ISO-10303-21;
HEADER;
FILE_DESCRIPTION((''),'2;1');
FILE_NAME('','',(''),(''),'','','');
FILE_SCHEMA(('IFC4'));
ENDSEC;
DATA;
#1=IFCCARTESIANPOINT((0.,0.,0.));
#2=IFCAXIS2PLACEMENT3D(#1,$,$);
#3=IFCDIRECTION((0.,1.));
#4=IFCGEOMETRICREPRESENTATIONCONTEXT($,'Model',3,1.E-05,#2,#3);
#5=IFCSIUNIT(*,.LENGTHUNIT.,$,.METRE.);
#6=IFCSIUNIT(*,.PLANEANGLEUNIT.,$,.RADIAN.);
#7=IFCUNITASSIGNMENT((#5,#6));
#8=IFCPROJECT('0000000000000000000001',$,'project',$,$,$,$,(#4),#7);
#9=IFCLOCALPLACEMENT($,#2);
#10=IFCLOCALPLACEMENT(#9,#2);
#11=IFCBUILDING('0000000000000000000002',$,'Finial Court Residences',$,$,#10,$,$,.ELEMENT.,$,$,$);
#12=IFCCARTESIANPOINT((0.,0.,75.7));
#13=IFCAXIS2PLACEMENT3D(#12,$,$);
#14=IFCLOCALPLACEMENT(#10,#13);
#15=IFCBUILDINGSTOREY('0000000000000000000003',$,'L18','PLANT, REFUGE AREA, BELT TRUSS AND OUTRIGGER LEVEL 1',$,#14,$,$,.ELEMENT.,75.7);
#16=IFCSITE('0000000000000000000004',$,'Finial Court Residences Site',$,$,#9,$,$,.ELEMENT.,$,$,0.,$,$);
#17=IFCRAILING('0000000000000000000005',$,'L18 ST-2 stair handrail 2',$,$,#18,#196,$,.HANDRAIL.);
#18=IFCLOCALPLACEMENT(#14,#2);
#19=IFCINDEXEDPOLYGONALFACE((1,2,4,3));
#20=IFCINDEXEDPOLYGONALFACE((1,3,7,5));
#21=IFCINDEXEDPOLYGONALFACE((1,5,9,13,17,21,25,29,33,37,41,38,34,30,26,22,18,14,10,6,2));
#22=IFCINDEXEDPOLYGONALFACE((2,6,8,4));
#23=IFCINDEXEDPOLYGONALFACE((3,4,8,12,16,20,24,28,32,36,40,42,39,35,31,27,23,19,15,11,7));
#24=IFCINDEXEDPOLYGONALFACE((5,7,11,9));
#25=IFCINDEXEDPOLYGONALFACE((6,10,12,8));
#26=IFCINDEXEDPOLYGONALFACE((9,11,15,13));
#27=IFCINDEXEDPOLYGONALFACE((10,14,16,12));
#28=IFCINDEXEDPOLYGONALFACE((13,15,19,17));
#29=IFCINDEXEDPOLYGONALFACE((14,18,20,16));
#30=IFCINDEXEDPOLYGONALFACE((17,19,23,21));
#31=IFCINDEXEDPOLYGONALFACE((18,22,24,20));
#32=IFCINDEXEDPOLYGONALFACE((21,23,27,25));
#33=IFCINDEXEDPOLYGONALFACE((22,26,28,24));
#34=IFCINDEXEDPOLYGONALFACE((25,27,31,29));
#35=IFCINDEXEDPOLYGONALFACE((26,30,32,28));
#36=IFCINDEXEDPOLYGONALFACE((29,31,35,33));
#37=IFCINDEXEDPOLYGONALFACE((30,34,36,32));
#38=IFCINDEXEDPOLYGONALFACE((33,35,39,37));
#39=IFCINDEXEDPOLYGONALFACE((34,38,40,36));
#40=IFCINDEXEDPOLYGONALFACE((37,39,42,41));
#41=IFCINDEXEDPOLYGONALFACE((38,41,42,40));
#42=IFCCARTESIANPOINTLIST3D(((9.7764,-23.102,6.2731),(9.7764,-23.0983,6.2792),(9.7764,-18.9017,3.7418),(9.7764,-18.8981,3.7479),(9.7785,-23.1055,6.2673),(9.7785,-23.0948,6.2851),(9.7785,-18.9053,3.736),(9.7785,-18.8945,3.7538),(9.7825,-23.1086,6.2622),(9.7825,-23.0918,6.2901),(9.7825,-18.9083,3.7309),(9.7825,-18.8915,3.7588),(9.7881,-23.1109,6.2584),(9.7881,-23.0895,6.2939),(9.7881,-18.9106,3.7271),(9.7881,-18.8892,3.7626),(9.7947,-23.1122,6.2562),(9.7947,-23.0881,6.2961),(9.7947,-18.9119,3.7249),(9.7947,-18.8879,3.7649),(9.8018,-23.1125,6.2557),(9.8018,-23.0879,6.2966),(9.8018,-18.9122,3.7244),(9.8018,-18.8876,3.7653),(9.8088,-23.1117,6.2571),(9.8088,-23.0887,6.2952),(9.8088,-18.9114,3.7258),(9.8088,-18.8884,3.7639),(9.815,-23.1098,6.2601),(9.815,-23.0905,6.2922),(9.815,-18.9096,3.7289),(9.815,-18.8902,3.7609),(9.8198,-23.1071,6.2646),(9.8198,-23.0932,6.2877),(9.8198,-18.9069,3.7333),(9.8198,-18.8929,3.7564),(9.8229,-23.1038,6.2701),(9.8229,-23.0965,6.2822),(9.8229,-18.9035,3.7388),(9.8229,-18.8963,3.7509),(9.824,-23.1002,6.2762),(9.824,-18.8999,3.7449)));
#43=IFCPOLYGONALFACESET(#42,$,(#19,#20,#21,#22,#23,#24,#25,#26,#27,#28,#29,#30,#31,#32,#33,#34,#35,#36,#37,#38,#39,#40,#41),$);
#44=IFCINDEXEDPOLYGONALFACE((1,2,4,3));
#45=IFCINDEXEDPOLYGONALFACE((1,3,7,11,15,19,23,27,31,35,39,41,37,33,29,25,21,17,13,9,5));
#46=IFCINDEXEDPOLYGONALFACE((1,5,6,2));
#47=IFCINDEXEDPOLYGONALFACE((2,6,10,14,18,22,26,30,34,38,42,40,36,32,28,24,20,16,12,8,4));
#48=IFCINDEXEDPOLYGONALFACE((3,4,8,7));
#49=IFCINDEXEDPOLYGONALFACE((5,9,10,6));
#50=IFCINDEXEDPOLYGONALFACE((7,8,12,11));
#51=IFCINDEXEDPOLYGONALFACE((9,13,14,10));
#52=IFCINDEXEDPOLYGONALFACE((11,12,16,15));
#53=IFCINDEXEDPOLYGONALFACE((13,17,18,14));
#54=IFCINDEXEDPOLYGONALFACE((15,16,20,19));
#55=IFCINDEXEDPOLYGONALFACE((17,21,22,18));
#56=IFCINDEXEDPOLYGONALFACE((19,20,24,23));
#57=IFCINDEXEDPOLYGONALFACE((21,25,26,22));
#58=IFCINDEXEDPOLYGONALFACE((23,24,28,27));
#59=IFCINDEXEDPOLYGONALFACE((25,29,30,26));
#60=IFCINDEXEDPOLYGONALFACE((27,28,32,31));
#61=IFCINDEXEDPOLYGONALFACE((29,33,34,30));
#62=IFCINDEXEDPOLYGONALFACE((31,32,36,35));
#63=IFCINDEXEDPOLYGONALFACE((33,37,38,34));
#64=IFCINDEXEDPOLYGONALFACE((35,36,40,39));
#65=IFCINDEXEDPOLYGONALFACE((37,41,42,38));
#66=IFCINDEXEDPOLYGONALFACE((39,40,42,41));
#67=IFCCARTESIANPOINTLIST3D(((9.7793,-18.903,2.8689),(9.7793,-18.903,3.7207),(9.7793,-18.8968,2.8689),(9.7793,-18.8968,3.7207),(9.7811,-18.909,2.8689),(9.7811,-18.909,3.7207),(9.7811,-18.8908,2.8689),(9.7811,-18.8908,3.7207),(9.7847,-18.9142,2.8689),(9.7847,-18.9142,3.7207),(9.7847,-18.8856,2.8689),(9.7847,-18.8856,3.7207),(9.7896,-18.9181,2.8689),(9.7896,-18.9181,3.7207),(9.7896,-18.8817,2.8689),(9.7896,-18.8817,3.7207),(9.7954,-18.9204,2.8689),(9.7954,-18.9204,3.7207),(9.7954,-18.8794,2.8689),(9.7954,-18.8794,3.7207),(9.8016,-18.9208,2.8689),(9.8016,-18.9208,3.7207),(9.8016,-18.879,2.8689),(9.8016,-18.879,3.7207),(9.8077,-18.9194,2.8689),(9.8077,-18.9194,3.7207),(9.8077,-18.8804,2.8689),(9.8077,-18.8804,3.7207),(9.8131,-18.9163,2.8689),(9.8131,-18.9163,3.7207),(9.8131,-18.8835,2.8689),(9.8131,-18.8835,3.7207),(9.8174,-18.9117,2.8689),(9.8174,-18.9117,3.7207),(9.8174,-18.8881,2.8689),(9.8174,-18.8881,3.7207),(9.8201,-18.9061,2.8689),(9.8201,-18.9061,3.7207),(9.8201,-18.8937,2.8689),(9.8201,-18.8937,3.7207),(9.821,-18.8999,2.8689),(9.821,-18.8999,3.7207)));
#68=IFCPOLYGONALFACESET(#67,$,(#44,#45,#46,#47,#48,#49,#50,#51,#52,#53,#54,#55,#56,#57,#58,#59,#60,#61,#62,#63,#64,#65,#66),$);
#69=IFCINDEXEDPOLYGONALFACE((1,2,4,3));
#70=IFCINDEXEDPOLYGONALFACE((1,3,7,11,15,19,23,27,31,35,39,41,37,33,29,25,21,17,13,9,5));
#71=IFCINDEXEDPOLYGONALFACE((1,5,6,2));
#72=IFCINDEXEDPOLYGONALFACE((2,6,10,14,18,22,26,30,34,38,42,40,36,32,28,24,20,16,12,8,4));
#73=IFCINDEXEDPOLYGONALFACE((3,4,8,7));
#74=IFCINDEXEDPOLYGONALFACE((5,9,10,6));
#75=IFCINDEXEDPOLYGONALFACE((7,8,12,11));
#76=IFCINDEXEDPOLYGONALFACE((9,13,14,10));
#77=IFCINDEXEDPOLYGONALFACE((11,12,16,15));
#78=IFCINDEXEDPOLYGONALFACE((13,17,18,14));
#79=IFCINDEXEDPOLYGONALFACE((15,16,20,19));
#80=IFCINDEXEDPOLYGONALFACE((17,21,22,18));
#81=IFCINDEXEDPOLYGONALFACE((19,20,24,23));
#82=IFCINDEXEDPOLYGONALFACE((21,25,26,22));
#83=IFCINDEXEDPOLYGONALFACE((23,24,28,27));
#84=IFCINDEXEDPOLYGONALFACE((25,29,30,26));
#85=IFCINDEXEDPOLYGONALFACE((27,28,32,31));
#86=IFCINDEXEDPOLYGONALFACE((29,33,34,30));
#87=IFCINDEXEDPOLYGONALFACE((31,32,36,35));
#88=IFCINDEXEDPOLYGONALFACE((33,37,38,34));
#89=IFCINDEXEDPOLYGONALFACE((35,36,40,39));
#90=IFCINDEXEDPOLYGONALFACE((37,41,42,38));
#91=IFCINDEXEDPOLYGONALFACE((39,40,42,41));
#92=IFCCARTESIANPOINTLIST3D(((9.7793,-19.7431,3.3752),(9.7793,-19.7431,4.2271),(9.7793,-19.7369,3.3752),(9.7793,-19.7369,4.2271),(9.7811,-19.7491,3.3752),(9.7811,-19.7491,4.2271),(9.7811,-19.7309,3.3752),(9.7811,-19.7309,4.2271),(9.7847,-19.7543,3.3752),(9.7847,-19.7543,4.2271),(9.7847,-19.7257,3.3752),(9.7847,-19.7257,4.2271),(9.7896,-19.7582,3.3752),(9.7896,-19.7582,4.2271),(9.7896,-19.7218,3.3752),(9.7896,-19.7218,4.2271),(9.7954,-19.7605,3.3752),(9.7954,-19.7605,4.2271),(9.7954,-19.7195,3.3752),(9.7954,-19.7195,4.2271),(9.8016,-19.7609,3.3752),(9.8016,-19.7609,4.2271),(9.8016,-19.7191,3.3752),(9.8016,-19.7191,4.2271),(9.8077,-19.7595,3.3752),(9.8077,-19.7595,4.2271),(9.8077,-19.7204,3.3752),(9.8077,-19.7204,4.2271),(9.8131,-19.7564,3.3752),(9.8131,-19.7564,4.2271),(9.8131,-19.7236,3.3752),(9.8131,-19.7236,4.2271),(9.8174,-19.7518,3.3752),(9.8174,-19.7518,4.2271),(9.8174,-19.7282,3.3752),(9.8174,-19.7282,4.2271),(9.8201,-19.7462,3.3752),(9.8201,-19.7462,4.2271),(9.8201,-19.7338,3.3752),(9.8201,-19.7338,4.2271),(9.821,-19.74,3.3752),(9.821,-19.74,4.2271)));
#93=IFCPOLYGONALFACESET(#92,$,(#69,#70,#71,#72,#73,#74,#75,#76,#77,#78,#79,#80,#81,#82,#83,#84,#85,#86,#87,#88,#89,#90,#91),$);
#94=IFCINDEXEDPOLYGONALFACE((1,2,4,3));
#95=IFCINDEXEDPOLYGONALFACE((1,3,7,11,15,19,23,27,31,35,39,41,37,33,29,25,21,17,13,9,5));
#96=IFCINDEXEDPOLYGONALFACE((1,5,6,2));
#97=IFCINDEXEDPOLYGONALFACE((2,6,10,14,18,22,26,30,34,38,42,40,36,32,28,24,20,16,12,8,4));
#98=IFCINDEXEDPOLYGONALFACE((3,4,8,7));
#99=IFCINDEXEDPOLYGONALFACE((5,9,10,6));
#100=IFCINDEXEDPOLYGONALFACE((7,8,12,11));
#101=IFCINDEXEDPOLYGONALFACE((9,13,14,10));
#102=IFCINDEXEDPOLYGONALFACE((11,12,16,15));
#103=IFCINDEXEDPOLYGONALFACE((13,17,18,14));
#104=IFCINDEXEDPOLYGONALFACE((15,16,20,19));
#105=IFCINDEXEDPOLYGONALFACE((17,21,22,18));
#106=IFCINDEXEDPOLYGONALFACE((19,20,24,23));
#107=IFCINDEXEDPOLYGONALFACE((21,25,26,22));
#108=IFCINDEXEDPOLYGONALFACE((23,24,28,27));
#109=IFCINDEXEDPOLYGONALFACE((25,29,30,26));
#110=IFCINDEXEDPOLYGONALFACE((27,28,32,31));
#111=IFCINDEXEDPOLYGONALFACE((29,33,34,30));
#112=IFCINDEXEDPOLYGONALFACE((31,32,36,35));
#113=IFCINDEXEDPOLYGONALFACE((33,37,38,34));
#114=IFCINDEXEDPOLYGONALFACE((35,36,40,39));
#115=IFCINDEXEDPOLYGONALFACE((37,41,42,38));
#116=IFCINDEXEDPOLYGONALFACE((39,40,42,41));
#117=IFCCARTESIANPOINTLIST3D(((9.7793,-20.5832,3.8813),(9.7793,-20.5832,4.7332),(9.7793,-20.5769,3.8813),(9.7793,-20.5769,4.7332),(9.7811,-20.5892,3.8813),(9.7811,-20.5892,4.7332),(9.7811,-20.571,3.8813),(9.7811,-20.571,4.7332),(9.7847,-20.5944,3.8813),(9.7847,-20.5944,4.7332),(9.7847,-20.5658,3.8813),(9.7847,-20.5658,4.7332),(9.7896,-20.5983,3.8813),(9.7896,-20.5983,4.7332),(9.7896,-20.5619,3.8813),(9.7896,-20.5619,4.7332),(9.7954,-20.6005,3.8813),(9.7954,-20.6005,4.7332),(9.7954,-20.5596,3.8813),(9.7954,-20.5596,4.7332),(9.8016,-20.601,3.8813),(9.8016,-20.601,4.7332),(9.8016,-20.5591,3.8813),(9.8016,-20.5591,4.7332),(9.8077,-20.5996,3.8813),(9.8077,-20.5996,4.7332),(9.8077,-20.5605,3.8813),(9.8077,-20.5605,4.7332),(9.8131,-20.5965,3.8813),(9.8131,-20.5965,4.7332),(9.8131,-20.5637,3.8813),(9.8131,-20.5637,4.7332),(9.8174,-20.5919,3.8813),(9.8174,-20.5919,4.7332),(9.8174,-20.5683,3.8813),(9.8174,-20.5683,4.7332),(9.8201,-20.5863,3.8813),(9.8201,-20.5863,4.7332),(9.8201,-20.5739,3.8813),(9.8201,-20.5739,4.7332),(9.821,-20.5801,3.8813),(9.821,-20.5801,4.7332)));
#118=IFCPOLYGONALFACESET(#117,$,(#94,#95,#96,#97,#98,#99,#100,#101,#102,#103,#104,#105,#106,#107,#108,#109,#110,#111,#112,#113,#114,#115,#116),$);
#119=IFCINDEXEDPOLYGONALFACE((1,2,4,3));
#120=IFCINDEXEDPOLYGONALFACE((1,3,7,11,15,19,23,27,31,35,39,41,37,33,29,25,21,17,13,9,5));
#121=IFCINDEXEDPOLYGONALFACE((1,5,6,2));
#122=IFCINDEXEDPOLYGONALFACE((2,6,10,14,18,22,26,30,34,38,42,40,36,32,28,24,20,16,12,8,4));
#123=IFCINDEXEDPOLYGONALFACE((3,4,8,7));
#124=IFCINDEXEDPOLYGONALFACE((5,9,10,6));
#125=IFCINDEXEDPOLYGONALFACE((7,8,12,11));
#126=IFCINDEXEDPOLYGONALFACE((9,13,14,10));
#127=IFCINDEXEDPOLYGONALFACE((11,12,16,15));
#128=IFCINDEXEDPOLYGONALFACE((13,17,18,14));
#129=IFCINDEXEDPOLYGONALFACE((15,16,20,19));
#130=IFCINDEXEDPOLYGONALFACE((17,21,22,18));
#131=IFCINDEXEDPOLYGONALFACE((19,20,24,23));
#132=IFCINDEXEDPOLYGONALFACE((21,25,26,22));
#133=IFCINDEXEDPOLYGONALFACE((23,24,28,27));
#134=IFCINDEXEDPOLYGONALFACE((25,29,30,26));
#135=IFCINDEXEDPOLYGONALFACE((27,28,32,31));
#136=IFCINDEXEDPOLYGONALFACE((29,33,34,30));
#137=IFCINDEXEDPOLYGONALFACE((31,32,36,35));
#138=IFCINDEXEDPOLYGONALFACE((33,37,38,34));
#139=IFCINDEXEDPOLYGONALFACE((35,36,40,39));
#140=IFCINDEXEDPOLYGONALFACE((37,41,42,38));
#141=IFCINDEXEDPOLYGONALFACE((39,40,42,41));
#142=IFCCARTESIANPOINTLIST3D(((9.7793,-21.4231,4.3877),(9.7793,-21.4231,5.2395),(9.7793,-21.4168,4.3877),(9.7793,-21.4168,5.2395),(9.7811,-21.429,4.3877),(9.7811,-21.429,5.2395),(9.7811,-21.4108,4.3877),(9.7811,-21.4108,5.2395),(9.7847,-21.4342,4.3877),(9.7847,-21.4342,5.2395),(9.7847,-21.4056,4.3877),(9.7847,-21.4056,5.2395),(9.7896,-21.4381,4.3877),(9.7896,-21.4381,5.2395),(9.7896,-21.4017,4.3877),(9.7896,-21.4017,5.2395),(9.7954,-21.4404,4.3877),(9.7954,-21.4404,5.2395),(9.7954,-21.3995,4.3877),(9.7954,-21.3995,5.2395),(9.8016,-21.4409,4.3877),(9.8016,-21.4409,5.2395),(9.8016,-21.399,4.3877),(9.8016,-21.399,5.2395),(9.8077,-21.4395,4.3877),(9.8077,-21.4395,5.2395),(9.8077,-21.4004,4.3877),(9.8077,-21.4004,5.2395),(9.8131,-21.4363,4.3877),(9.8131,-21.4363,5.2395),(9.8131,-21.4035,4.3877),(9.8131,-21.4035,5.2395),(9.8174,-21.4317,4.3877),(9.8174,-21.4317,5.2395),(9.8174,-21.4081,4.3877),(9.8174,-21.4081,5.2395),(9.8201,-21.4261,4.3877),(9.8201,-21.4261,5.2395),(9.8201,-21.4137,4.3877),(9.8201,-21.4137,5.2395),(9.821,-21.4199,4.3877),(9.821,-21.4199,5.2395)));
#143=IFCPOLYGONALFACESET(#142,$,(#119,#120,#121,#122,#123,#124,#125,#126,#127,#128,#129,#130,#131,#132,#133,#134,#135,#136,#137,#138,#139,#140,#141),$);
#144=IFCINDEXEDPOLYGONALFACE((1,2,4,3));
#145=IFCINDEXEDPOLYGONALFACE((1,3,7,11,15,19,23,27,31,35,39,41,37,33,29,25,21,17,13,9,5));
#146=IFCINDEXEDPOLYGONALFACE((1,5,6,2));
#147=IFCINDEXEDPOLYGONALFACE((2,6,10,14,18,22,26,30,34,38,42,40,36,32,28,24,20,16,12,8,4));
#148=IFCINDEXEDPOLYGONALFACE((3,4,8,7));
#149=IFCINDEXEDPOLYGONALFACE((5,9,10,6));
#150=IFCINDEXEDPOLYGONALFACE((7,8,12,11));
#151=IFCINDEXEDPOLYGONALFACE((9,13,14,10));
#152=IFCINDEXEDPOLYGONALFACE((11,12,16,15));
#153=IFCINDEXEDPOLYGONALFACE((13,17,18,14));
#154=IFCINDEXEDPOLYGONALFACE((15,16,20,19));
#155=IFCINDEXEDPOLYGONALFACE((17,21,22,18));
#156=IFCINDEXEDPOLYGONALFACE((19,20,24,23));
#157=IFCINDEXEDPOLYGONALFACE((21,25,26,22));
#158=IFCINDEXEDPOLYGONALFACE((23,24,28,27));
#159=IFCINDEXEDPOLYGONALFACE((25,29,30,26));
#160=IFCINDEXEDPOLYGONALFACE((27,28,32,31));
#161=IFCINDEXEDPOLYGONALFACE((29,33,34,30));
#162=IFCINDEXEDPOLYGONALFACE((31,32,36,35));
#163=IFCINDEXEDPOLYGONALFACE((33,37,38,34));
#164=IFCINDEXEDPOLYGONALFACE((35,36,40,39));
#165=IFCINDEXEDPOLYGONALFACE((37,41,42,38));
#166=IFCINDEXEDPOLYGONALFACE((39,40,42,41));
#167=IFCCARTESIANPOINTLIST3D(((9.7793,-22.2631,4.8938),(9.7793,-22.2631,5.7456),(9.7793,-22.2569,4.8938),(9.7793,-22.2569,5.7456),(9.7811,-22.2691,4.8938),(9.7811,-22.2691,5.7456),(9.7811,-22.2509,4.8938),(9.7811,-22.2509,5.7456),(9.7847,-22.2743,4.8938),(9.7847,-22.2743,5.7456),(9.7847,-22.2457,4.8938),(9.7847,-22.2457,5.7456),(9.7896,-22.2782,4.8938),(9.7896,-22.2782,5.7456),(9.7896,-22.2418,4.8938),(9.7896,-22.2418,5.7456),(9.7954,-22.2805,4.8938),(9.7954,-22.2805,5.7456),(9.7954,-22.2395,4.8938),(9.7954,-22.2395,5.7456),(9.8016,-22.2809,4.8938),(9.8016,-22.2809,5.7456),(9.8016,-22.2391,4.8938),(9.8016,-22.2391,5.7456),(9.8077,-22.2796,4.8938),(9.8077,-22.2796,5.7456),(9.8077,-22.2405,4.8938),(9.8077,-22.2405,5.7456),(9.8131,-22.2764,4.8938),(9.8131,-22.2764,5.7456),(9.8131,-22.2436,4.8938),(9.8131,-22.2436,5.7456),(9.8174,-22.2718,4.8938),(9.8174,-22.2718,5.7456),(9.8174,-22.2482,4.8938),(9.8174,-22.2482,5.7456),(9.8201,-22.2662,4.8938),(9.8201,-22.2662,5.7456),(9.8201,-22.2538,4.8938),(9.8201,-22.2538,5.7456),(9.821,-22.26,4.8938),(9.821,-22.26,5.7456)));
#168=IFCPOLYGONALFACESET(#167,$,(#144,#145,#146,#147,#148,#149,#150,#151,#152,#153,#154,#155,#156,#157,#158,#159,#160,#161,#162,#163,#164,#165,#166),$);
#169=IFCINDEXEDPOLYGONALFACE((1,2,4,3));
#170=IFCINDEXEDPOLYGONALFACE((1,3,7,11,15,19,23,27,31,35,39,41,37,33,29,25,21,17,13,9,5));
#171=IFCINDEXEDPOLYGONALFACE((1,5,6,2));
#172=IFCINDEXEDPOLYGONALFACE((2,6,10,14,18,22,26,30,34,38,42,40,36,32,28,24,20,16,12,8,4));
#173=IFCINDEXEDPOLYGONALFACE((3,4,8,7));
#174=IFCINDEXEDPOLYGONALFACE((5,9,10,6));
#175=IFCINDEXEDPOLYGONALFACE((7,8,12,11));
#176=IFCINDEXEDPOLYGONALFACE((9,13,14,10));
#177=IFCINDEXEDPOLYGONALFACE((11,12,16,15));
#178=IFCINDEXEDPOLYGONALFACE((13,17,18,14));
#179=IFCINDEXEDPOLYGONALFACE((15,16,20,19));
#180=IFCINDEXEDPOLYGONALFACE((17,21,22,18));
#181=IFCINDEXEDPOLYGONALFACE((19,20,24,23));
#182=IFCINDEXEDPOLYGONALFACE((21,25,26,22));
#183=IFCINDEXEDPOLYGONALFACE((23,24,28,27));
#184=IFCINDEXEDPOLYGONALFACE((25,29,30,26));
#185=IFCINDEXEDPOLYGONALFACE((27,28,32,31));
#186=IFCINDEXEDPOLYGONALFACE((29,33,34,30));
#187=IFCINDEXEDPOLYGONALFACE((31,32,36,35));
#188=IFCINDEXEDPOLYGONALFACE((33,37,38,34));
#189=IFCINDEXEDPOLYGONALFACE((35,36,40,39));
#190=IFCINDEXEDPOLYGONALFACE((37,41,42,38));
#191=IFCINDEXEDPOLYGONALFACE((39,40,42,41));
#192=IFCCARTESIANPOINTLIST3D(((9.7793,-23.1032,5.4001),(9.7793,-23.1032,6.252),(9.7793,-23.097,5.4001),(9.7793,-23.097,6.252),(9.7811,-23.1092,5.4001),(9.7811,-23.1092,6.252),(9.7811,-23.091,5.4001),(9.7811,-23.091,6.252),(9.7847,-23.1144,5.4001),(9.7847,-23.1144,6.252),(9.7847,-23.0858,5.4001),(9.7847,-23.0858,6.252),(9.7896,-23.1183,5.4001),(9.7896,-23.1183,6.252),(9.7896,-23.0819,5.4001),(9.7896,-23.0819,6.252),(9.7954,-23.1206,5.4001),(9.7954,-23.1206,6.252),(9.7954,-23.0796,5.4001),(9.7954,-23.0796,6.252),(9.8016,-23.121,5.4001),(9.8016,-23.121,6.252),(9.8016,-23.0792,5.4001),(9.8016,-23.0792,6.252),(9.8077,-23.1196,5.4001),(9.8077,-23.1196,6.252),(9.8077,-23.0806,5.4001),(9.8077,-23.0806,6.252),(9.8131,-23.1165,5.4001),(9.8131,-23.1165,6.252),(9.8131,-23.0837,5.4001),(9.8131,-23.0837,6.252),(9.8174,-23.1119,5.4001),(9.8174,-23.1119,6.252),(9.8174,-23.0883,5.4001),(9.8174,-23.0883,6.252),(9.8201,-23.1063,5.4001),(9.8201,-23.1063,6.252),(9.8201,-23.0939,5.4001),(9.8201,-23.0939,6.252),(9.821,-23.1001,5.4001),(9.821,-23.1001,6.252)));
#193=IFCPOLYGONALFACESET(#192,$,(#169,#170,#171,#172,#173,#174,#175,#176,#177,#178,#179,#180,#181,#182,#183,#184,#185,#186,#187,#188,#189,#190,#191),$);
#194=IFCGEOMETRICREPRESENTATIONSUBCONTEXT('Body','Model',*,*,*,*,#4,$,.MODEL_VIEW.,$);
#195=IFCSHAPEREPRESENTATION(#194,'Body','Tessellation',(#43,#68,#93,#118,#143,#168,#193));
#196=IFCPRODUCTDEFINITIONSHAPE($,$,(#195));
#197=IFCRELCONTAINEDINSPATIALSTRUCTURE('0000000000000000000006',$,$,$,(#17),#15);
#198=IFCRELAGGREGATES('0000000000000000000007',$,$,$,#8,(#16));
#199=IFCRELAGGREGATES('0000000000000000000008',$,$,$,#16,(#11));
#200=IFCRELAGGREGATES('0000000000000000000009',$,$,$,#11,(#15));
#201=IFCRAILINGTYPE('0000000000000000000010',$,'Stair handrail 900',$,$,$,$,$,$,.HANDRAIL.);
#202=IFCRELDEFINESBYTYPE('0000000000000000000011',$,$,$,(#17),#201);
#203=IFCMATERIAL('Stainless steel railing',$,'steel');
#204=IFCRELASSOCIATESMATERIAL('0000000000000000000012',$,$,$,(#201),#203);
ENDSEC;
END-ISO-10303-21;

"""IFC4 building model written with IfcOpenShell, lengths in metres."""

from ifc_helpers import new_model, si_unit, direction, frame, origin, origin_2d, place, context, subcontext, project, spatial, circle, extrude, material, type_object, element, save


model = new_model("IFC4")

# Units and contexts
model_context = context("Model", 3, precision=1e-05, world=origin(), true_north=direction((0.0, 1.0)))
body_context = subcontext(model_context, "Body", "Model", "MODEL_VIEW")
ifc_project = project(units=[si_unit("LENGTHUNIT", "METRE"), si_unit("PLANEANGLEUNIT", "RADIAN")], contexts=[model_context])

# Site, building, storey
site_placement = place(None, origin())
site = spatial("IfcSite", under=ifc_project, at=site_placement, Name="Finial Court Residences Site", CompositionType="ELEMENT", RefElevation=0.0)
building_placement = place(site_placement, origin())
building = spatial("IfcBuilding", under=site, at=building_placement, Name="Finial Court Residences", CompositionType="ELEMENT")
storey_placement = place(building_placement, frame((0.0, 0.0, 75.7)))
storey = spatial("IfcBuildingStorey", under=building, at=storey_placement, Name="L18", Description="PLANT, REFUGE AREA, BELT TRUSS AND OUTRIGGER LEVEL 1", CompositionType="ELEMENT", Elevation=75.7)

# Railing
ifc_material_1 = material(Name="Stainless steel railing", Category="steel")
railing_type_1 = type_object("IfcRailingType", Name="Stair handrail 900", PredefinedType="HANDRAIL", material=ifc_material_1)
railing_1_placement = place(storey_placement, frame((9.8, -18.8999, 2.8689)))
element("IfcRailing", 1, at=railing_1_placement, inside=storey, type_object=railing_type_1, Name="L18 ST-2 stair handrail 2", PredefinedType="HANDRAIL", context=body_context, shape_type="SweptSolid", body=[
    extrude(circle(Radius=0.0239, at=origin_2d()), frame((0.0, 0.0, 0.876), z_axis=(0.0, -0.85649, 0.516164), x_axis=(1.0, 0.0, 0.0)), (0.0, 0.0, 1.0), 4.9041),
    extrude(circle(Radius=0.021, at=origin_2d()), origin(), (0.0, 0.0, 1.0), 0.8518),
    extrude(circle(Radius=0.021, at=origin_2d()), frame((0.0, -0.8401, 0.5063)), (0.0, 0.0, 1.0), 0.8518),
    extrude(circle(Radius=0.021, at=origin_2d()), frame((0.0, -1.6802, 1.0125)), (0.0, 0.0, 1.0), 0.8518),
    extrude(circle(Radius=0.021, at=origin_2d()), frame((0.0, -2.52, 1.5188)), (0.0, 0.0, 1.0), 0.8518),
    extrude(circle(Radius=0.021, at=origin_2d()), frame((0.0, -3.3601, 2.0249)), (0.0, 0.0, 1.0), 0.8518),
    extrude(circle(Radius=0.021, at=origin_2d()), frame((0.0, -4.2002, 2.5312)), (0.0, 0.0, 1.0), 0.8518),
])

save(model, "model.ifc")
